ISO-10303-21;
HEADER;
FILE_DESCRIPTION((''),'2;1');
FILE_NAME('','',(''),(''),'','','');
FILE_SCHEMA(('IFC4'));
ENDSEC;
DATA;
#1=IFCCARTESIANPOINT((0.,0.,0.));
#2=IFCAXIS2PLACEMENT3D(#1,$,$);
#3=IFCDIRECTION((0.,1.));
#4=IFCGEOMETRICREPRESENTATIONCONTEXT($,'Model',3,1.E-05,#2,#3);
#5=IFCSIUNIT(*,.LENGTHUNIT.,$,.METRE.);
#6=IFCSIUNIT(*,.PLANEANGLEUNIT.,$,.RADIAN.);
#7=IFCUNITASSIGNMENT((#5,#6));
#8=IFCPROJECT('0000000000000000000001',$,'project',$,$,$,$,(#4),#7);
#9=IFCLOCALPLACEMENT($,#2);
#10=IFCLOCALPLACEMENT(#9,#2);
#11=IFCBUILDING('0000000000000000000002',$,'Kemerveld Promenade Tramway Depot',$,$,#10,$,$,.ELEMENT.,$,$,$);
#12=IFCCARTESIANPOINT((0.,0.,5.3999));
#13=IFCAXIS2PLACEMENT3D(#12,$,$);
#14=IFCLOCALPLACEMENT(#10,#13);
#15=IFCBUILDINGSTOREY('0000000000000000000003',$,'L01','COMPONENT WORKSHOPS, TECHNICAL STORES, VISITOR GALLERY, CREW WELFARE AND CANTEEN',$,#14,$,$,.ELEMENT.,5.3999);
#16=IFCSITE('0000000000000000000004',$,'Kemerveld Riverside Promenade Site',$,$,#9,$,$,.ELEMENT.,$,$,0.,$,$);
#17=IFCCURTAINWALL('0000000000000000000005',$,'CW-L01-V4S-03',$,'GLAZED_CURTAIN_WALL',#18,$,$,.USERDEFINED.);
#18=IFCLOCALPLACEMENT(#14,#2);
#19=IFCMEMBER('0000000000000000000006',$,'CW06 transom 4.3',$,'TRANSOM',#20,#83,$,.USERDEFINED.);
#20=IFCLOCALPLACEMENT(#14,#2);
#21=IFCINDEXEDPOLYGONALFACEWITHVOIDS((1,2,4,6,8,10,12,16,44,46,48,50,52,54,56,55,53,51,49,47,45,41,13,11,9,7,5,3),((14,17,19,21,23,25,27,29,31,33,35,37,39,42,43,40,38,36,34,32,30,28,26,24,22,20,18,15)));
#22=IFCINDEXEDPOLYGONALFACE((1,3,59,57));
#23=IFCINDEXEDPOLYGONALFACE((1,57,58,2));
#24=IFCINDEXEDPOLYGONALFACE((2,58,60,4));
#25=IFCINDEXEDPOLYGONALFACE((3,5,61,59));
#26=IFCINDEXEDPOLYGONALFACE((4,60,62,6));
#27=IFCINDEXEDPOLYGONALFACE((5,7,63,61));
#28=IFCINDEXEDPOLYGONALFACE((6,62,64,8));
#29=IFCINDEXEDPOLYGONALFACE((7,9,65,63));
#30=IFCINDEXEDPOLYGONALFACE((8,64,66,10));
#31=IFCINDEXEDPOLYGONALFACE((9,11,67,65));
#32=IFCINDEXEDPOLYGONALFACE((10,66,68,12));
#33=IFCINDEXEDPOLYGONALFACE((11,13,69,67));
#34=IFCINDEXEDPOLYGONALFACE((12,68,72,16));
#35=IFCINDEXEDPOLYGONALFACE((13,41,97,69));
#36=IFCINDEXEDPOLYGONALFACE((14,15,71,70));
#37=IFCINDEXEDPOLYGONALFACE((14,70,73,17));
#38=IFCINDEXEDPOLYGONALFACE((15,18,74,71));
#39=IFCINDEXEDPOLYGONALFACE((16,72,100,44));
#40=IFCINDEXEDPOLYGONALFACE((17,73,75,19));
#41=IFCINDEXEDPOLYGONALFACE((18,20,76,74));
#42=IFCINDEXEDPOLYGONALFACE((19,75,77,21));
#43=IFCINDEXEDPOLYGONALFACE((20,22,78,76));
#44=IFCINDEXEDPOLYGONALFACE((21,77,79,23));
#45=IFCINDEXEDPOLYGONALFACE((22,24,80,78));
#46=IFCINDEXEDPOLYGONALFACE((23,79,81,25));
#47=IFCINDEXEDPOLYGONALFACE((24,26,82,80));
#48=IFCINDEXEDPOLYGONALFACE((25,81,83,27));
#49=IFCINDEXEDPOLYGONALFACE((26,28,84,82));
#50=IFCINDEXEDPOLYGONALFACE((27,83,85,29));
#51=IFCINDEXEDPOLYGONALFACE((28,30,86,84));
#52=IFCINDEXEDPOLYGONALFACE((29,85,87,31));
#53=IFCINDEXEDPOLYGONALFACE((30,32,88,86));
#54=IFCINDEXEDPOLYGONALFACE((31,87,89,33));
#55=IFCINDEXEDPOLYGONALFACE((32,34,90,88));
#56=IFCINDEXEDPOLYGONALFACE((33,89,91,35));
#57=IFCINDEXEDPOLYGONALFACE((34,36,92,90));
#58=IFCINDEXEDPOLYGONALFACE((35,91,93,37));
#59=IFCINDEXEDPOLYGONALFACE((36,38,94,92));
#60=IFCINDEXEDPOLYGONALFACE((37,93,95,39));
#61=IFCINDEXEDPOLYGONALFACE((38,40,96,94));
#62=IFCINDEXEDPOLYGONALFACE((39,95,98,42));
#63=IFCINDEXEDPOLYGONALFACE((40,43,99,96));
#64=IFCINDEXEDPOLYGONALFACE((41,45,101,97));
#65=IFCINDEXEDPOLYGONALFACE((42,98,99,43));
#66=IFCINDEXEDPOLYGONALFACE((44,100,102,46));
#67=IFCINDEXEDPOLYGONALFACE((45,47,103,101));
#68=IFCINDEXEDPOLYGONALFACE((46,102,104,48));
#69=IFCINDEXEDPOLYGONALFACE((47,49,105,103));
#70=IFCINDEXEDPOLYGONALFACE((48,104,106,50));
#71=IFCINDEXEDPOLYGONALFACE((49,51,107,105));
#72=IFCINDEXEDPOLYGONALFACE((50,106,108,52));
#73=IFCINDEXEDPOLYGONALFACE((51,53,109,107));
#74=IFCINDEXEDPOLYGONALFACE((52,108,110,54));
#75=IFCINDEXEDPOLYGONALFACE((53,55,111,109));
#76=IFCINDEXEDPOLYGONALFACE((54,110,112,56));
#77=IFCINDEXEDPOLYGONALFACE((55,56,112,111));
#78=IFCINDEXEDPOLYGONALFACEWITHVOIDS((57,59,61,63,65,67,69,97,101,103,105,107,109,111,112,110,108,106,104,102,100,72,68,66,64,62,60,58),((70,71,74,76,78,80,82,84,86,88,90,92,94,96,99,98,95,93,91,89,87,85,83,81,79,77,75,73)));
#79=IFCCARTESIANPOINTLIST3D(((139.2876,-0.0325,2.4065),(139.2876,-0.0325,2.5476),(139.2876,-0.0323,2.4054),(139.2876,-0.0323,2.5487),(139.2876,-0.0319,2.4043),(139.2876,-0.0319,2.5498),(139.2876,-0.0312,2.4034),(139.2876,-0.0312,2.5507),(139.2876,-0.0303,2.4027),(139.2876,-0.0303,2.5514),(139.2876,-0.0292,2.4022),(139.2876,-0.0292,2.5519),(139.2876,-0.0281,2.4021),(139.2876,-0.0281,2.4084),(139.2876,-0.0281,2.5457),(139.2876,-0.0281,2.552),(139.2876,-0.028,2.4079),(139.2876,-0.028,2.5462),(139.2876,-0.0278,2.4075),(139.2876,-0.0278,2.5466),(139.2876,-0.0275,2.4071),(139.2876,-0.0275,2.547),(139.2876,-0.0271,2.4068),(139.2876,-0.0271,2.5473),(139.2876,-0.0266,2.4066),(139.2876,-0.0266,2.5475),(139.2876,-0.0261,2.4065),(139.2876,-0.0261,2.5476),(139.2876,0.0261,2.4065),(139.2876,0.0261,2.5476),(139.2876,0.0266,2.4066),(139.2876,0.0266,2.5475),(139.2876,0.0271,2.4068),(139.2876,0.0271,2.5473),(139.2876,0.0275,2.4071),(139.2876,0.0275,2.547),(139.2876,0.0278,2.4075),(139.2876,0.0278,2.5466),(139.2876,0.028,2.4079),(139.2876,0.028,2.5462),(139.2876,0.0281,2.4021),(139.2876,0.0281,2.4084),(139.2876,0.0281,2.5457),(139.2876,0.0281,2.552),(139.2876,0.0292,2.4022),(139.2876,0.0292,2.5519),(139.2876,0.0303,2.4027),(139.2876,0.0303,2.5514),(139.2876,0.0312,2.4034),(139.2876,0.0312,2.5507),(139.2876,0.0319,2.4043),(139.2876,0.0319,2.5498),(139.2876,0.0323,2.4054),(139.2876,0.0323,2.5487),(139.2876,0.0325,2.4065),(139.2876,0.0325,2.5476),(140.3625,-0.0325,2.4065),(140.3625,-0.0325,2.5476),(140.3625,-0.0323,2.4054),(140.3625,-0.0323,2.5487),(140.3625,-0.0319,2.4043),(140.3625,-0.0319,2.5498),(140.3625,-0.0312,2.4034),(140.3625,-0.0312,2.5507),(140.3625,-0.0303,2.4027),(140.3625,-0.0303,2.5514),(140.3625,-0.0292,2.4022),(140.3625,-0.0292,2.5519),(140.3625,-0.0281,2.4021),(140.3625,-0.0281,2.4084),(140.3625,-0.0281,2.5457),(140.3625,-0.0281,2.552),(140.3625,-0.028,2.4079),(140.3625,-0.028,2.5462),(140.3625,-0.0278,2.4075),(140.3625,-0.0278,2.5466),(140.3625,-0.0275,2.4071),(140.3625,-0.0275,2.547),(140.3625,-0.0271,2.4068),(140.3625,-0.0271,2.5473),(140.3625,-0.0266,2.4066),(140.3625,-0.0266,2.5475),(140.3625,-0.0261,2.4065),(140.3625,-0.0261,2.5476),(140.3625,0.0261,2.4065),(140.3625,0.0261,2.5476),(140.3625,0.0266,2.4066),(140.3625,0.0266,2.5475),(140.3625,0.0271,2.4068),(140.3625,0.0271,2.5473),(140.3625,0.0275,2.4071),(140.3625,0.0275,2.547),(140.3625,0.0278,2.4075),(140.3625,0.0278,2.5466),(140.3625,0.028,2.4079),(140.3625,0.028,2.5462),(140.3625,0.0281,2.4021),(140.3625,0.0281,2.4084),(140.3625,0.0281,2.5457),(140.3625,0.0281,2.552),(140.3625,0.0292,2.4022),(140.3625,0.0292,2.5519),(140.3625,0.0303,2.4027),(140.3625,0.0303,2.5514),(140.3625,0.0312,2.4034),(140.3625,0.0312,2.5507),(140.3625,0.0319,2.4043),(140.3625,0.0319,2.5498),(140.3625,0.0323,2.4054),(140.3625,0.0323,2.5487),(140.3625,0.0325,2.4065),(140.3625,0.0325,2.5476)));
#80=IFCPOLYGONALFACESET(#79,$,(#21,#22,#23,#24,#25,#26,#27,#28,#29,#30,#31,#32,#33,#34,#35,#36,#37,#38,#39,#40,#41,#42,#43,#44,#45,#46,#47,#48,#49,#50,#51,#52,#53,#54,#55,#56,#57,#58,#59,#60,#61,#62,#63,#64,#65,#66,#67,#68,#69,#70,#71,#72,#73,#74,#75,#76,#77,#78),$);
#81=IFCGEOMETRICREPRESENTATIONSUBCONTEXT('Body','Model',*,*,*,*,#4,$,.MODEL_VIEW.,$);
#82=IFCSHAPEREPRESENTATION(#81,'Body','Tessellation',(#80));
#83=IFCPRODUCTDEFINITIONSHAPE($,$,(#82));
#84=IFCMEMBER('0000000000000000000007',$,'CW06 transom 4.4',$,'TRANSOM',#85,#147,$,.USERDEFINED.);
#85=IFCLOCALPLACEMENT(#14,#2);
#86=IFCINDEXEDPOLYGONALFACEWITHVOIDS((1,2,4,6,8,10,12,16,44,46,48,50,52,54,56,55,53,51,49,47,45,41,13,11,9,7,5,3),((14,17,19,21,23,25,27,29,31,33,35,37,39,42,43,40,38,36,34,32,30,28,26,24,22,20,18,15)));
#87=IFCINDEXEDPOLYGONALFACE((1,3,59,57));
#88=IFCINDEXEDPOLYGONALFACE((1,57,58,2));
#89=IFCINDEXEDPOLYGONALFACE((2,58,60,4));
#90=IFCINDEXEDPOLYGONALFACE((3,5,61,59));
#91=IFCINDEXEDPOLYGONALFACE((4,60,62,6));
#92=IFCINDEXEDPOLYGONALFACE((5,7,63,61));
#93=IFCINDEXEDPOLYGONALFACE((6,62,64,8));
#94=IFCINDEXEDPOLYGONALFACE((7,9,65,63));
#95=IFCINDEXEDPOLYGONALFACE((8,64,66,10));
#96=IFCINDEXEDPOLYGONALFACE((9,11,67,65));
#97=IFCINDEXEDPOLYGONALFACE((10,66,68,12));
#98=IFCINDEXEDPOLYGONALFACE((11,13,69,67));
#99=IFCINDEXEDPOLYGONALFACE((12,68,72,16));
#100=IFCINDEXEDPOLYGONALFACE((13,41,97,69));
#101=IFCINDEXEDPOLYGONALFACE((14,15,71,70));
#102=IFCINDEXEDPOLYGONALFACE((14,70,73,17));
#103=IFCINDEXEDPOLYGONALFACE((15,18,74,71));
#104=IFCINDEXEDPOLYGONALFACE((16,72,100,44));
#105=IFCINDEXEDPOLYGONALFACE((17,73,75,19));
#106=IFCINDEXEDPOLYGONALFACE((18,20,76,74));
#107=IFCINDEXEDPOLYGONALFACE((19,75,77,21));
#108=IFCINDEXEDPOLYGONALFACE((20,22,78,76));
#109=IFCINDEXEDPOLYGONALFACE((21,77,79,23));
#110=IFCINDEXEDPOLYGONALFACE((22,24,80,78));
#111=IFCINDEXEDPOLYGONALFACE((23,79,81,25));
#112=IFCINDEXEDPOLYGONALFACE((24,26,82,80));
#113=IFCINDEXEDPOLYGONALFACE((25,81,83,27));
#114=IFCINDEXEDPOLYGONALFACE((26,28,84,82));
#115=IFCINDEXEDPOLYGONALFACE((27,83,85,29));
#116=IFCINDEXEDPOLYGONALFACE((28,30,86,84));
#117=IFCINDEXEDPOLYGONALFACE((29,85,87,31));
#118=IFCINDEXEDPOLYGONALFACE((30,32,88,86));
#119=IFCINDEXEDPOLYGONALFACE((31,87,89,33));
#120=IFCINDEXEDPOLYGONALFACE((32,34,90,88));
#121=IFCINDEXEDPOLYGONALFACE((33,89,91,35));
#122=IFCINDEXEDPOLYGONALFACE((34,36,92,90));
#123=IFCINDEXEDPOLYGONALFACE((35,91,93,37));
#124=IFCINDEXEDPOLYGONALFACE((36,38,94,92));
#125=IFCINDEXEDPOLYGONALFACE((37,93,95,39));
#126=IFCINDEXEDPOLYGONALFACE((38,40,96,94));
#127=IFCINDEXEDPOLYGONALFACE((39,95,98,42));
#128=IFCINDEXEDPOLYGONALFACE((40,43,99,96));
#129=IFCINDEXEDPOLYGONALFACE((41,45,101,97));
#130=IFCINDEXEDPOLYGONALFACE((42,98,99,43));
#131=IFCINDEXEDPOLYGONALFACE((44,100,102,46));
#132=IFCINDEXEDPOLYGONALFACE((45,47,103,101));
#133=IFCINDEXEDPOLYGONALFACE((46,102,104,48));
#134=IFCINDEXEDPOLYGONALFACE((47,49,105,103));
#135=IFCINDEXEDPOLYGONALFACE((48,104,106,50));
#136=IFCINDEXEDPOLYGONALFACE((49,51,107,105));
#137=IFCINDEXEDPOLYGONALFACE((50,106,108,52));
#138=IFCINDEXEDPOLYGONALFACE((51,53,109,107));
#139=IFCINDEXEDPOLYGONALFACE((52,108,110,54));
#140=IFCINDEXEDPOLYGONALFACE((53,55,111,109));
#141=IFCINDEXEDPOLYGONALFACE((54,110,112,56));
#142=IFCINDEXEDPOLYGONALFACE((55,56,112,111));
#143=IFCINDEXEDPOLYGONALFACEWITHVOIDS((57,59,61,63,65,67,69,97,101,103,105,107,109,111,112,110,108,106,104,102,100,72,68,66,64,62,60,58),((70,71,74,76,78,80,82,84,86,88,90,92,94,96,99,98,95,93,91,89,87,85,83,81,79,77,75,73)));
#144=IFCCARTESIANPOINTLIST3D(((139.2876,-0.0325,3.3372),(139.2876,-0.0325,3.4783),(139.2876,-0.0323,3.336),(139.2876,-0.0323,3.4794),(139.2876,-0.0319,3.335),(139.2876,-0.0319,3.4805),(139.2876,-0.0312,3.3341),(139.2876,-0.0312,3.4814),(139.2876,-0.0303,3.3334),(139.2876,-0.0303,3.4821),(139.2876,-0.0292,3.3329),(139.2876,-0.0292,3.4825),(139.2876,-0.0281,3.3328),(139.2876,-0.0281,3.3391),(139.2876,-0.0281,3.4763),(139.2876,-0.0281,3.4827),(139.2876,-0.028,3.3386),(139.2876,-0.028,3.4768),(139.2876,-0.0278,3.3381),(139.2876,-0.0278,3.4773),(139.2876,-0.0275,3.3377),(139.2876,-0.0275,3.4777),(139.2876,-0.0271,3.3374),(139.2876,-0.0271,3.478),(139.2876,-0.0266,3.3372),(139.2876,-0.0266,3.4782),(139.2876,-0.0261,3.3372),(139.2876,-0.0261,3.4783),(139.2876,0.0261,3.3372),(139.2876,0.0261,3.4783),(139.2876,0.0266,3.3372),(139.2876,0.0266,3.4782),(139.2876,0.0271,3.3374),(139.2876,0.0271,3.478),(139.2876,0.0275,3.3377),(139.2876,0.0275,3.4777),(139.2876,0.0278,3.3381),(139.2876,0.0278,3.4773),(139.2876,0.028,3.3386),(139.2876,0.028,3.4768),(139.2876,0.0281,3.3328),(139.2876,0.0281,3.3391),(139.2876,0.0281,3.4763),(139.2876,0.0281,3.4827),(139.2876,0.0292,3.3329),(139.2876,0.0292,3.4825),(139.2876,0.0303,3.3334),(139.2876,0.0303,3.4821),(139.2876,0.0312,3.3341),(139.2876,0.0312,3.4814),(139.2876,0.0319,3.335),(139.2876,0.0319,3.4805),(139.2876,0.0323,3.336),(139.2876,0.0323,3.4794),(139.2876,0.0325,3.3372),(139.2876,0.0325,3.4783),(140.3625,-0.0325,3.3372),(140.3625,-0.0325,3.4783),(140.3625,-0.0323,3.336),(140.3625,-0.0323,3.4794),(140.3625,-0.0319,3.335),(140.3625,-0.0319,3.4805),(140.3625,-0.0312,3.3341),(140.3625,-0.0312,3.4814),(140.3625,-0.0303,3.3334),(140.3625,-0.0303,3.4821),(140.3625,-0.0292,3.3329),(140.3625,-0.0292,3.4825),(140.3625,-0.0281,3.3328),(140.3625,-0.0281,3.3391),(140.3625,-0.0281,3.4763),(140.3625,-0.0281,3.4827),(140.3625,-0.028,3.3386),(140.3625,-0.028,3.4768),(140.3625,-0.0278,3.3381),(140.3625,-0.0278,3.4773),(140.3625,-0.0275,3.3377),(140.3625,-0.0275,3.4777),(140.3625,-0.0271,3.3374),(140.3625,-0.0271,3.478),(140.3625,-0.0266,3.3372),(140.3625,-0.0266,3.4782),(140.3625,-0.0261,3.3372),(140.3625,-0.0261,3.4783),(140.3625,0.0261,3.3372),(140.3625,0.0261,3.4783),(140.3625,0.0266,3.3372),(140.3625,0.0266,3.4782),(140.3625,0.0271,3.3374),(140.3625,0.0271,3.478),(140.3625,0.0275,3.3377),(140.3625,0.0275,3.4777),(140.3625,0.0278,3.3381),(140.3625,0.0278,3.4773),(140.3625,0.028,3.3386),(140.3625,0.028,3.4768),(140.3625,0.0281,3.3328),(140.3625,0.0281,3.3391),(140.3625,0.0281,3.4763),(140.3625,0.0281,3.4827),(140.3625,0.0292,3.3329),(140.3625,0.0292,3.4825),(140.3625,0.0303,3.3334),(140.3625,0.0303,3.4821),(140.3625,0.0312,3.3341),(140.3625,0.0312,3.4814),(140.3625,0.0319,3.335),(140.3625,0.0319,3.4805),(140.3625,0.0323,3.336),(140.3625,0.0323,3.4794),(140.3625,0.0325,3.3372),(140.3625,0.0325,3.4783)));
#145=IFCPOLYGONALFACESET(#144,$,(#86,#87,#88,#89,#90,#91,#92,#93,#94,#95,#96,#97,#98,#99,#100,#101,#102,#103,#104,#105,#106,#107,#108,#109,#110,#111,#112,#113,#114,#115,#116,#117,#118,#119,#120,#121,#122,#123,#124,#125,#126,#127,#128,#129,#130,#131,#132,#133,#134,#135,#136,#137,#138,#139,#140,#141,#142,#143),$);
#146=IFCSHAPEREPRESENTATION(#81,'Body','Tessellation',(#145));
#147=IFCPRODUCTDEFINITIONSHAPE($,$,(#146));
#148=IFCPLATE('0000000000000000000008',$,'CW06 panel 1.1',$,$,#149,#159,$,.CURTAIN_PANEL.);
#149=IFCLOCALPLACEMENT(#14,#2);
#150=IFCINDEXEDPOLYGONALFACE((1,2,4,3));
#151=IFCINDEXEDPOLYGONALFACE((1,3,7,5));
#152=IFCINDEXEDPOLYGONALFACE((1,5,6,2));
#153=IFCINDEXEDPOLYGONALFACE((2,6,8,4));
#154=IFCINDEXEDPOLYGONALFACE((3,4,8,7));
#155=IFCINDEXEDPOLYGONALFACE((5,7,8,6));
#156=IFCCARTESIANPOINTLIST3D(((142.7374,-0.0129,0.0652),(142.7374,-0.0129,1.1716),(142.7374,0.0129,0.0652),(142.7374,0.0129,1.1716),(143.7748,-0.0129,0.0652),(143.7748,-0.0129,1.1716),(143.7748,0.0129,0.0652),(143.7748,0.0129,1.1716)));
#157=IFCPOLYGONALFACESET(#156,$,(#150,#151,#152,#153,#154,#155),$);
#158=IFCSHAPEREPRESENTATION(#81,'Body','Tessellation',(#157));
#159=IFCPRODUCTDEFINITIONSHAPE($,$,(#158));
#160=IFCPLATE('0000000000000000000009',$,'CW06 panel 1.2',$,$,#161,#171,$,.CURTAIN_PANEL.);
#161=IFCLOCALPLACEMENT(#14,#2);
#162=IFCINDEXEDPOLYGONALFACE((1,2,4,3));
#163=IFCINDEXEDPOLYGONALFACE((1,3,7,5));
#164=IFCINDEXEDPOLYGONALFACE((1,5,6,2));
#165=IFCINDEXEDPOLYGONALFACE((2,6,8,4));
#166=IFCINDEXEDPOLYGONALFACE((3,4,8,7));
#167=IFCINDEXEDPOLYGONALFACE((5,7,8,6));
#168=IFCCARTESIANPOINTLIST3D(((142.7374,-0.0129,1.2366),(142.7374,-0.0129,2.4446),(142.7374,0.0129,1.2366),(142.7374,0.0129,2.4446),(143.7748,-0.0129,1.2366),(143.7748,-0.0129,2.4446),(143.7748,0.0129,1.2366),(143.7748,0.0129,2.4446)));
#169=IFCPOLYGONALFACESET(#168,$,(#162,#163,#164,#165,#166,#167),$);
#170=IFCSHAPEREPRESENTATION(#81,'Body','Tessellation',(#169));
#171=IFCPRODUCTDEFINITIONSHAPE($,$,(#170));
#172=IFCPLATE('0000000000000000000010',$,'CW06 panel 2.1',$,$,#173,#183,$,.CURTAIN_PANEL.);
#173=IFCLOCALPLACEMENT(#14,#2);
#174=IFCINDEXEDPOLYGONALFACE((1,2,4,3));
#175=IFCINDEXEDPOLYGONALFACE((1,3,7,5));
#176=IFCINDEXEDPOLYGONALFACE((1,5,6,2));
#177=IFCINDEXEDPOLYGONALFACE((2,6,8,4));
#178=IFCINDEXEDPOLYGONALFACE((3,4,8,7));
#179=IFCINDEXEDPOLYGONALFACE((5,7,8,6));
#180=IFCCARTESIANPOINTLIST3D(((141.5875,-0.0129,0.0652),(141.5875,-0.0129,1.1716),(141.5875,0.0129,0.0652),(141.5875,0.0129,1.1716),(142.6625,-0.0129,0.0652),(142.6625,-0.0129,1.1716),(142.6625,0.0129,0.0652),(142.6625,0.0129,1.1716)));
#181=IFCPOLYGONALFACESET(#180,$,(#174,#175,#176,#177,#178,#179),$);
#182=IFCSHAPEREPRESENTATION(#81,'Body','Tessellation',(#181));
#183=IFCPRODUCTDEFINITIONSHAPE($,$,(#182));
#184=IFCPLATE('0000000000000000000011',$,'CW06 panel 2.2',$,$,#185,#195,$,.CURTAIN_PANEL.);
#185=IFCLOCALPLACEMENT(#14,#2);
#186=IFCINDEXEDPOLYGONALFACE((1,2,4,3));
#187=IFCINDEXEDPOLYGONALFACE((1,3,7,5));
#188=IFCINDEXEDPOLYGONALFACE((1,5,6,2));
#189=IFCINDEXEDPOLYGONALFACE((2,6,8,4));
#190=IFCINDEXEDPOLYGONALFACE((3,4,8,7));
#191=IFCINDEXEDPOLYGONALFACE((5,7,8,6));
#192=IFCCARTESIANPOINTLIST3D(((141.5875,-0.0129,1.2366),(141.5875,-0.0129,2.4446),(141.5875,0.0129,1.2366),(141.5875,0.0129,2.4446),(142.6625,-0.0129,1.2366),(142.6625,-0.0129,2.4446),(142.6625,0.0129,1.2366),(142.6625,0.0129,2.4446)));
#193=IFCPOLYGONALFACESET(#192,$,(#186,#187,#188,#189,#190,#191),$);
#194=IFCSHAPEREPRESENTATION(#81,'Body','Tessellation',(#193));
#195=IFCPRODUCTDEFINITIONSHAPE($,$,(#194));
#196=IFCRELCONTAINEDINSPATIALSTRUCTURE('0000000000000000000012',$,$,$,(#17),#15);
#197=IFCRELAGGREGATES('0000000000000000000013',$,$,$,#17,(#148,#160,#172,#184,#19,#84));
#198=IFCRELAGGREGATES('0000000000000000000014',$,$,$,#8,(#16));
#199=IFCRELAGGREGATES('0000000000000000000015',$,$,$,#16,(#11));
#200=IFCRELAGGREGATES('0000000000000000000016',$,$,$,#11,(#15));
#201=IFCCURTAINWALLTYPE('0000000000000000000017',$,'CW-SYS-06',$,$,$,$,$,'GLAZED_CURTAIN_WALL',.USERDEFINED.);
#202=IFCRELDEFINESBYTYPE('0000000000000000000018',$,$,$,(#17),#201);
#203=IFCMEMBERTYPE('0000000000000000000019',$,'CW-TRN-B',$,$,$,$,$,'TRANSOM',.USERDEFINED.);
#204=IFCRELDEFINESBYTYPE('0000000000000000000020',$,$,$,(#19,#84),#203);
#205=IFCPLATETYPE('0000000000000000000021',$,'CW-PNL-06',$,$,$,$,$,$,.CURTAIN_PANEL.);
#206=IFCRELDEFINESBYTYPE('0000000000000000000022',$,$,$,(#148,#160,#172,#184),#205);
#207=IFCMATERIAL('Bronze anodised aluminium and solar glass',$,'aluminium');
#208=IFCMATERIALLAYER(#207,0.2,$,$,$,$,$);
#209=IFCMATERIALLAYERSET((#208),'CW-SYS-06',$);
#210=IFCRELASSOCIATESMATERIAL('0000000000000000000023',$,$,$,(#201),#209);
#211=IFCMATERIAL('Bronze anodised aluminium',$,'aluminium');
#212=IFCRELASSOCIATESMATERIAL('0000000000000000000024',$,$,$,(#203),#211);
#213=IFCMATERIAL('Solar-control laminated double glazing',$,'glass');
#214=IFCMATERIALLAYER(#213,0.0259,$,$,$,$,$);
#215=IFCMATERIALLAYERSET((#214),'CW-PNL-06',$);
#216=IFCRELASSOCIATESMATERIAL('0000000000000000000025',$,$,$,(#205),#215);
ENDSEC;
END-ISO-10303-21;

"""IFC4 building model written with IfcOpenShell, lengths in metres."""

from ifc_helpers import new_model, si_unit, direction, frame, origin, origin_2d, place, context, subcontext, project, spatial, rectangle, hollow_rectangle, extrude, material, layer, layer_set, material_profile, profile_set, type_object, element, aggregate, save


model = new_model("IFC4")

# Units and contexts
model_context = context("Model", 3, precision=1e-05, world=origin(), true_north=direction((0.0, 1.0)))
body_context = subcontext(model_context, "Body", "Model", "MODEL_VIEW")
ifc_project = project(units=[si_unit("LENGTHUNIT", "METRE"), si_unit("PLANEANGLEUNIT", "RADIAN")], contexts=[model_context])

# Site, building, storey
site_placement = place(None, origin())
site = spatial("IfcSite", under=ifc_project, at=site_placement, Name="Kemerveld Riverside Promenade Site", CompositionType="ELEMENT", RefElevation=0.0)
building_placement = place(site_placement, origin())
building = spatial("IfcBuilding", under=site, at=building_placement, Name="Kemerveld Promenade Tramway Depot", CompositionType="ELEMENT")
storey_placement = place(building_placement, frame((0.0, 0.0, 5.3999)))
storey = spatial("IfcBuildingStorey", under=building, at=storey_placement, Name="L01", Description="COMPONENT WORKSHOPS, TECHNICAL STORES, VISITOR GALLERY, CREW WELFARE AND CANTEEN", CompositionType="ELEMENT", Elevation=5.3999)

# Curtain wall, members, plates
ifc_material_1 = material(Name="Bronze anodised aluminium and solar glass", Category="aluminium")
ifc_layer_1 = layer(ifc_material_1, 0.2)
ifc_layer_set_1 = layer_set([ifc_layer_1], Name="CW-SYS-06")
curtain_wall_type = type_object("IfcCurtainWallType", Name="CW-SYS-06", ElementType="GLAZED_CURTAIN_WALL", PredefinedType="USERDEFINED", material=ifc_layer_set_1)
curtain_wall_placement = place(storey_placement, origin())
curtain_wall = element("IfcCurtainWall", 1, at=curtain_wall_placement, inside=storey, type_object=curtain_wall_type, Name="CW-L01-V4S-03", ObjectType="GLAZED_CURTAIN_WALL", PredefinedType="USERDEFINED")
ifc_material_2 = material(Name="Bronze anodised aluminium", Category="aluminium")
ifc_material_profile_1 = material_profile(ifc_material_2, hollow_rectangle(XDim=0.0649, YDim=0.1499, WallThickness=0.0044, InnerFilletRadius=0.002, OuterFilletRadius=0.0044, at=origin_2d()), Name="CW-TRN-150x65")
ifc_profile_set_1 = profile_set([ifc_material_profile_1], Name="Bronze anodised aluminium")
member_type_1 = type_object("IfcMemberType", Name="CW-TRN-B", ElementType="TRANSOM", PredefinedType="USERDEFINED", material=ifc_profile_set_1)
member_1_placement = place(storey_placement, frame((140.3625, 0.0, 2.4771), z_axis=(-1.0, 0.0, 0.0), x_axis=(0.0, -1.0, 0.0)))
member_1 = element("IfcMember", 2, at=member_1_placement, type_object=member_type_1, Name="CW06 transom 4.3", ObjectType="TRANSOM", PredefinedType="USERDEFINED", context=body_context, shape_type="SweptSolid", body=[
    extrude(hollow_rectangle(XDim=0.0649, YDim=0.1499, WallThickness=0.0044, InnerFilletRadius=0.002, OuterFilletRadius=0.0044, at=origin_2d()), origin(), (0.0, 0.0, 1.0), 1.075),
])
member_2_placement = place(storey_placement, frame((140.3625, 0.0, 3.4077), z_axis=(-1.0, 0.0, 0.0), x_axis=(0.0, -1.0, 0.0)))
member_2 = element("IfcMember", 3, at=member_2_placement, type_object=member_type_1, Name="CW06 transom 4.4", ObjectType="TRANSOM", PredefinedType="USERDEFINED", context=body_context, shape_type="SweptSolid", body=[
    extrude(hollow_rectangle(XDim=0.0649, YDim=0.1499, WallThickness=0.0044, InnerFilletRadius=0.002, OuterFilletRadius=0.0044, at=origin_2d()), origin(), (0.0, 0.0, 1.0), 1.075),
])
ifc_material_3 = material(Name="Solar-control laminated double glazing", Category="glass")
ifc_layer_2 = layer(ifc_material_3, 0.0259)
ifc_layer_set_2 = layer_set([ifc_layer_2], Name="CW-PNL-06")
plate_type = type_object("IfcPlateType", Name="CW-PNL-06", PredefinedType="CURTAIN_PANEL", material=ifc_layer_set_2)
plate_1_placement = place(storey_placement, frame((143.2561, 0.0, 0.0652), z_axis=(0.0, 0.0, 1.0), x_axis=(-1.0, 0.0, 0.0)))
plate_1 = element("IfcPlate", 4, at=plate_1_placement, type_object=plate_type, Name="CW06 panel 1.1", PredefinedType="CURTAIN_PANEL", context=body_context, shape_type="SweptSolid", body=[
    extrude(rectangle(XDim=1.0374, YDim=0.0259, at=origin_2d()), origin(), (0.0, 0.0, 1.0), 1.1064),
])
plate_2_placement = place(storey_placement, frame((143.2561, 0.0, 1.2366), z_axis=(0.0, 0.0, 1.0), x_axis=(-1.0, 0.0, 0.0)))
plate_2 = element("IfcPlate", 5, at=plate_2_placement, type_object=plate_type, Name="CW06 panel 1.2", PredefinedType="CURTAIN_PANEL", context=body_context, shape_type="SweptSolid", body=[
    extrude(rectangle(XDim=1.0374, YDim=0.0259, at=origin_2d()), origin(), (0.0, 0.0, 1.0), 1.208),
])
plate_3_placement = place(storey_placement, frame((142.125, 0.0, 0.0652), z_axis=(0.0, 0.0, 1.0), x_axis=(-1.0, 0.0, 0.0)))
plate_3 = element("IfcPlate", 6, at=plate_3_placement, type_object=plate_type, Name="CW06 panel 2.1", PredefinedType="CURTAIN_PANEL", context=body_context, shape_type="SweptSolid", body=[
    extrude(rectangle(XDim=1.075, YDim=0.0259, at=origin_2d()), origin(), (0.0, 0.0, 1.0), 1.1064),
])
plate_4_placement = place(storey_placement, frame((142.125, 0.0, 1.2366), z_axis=(0.0, 0.0, 1.0), x_axis=(-1.0, 0.0, 0.0)))
plate_4 = element("IfcPlate", 7, at=plate_4_placement, type_object=plate_type, Name="CW06 panel 2.2", PredefinedType="CURTAIN_PANEL", context=body_context, shape_type="SweptSolid", body=[
    extrude(rectangle(XDim=1.075, YDim=0.0259, at=origin_2d()), origin(), (0.0, 0.0, 1.0), 1.208),
])
aggregate(curtain_wall, [plate_1, plate_2, plate_3, plate_4, member_1, member_2])

save(model, "model.ifc")
